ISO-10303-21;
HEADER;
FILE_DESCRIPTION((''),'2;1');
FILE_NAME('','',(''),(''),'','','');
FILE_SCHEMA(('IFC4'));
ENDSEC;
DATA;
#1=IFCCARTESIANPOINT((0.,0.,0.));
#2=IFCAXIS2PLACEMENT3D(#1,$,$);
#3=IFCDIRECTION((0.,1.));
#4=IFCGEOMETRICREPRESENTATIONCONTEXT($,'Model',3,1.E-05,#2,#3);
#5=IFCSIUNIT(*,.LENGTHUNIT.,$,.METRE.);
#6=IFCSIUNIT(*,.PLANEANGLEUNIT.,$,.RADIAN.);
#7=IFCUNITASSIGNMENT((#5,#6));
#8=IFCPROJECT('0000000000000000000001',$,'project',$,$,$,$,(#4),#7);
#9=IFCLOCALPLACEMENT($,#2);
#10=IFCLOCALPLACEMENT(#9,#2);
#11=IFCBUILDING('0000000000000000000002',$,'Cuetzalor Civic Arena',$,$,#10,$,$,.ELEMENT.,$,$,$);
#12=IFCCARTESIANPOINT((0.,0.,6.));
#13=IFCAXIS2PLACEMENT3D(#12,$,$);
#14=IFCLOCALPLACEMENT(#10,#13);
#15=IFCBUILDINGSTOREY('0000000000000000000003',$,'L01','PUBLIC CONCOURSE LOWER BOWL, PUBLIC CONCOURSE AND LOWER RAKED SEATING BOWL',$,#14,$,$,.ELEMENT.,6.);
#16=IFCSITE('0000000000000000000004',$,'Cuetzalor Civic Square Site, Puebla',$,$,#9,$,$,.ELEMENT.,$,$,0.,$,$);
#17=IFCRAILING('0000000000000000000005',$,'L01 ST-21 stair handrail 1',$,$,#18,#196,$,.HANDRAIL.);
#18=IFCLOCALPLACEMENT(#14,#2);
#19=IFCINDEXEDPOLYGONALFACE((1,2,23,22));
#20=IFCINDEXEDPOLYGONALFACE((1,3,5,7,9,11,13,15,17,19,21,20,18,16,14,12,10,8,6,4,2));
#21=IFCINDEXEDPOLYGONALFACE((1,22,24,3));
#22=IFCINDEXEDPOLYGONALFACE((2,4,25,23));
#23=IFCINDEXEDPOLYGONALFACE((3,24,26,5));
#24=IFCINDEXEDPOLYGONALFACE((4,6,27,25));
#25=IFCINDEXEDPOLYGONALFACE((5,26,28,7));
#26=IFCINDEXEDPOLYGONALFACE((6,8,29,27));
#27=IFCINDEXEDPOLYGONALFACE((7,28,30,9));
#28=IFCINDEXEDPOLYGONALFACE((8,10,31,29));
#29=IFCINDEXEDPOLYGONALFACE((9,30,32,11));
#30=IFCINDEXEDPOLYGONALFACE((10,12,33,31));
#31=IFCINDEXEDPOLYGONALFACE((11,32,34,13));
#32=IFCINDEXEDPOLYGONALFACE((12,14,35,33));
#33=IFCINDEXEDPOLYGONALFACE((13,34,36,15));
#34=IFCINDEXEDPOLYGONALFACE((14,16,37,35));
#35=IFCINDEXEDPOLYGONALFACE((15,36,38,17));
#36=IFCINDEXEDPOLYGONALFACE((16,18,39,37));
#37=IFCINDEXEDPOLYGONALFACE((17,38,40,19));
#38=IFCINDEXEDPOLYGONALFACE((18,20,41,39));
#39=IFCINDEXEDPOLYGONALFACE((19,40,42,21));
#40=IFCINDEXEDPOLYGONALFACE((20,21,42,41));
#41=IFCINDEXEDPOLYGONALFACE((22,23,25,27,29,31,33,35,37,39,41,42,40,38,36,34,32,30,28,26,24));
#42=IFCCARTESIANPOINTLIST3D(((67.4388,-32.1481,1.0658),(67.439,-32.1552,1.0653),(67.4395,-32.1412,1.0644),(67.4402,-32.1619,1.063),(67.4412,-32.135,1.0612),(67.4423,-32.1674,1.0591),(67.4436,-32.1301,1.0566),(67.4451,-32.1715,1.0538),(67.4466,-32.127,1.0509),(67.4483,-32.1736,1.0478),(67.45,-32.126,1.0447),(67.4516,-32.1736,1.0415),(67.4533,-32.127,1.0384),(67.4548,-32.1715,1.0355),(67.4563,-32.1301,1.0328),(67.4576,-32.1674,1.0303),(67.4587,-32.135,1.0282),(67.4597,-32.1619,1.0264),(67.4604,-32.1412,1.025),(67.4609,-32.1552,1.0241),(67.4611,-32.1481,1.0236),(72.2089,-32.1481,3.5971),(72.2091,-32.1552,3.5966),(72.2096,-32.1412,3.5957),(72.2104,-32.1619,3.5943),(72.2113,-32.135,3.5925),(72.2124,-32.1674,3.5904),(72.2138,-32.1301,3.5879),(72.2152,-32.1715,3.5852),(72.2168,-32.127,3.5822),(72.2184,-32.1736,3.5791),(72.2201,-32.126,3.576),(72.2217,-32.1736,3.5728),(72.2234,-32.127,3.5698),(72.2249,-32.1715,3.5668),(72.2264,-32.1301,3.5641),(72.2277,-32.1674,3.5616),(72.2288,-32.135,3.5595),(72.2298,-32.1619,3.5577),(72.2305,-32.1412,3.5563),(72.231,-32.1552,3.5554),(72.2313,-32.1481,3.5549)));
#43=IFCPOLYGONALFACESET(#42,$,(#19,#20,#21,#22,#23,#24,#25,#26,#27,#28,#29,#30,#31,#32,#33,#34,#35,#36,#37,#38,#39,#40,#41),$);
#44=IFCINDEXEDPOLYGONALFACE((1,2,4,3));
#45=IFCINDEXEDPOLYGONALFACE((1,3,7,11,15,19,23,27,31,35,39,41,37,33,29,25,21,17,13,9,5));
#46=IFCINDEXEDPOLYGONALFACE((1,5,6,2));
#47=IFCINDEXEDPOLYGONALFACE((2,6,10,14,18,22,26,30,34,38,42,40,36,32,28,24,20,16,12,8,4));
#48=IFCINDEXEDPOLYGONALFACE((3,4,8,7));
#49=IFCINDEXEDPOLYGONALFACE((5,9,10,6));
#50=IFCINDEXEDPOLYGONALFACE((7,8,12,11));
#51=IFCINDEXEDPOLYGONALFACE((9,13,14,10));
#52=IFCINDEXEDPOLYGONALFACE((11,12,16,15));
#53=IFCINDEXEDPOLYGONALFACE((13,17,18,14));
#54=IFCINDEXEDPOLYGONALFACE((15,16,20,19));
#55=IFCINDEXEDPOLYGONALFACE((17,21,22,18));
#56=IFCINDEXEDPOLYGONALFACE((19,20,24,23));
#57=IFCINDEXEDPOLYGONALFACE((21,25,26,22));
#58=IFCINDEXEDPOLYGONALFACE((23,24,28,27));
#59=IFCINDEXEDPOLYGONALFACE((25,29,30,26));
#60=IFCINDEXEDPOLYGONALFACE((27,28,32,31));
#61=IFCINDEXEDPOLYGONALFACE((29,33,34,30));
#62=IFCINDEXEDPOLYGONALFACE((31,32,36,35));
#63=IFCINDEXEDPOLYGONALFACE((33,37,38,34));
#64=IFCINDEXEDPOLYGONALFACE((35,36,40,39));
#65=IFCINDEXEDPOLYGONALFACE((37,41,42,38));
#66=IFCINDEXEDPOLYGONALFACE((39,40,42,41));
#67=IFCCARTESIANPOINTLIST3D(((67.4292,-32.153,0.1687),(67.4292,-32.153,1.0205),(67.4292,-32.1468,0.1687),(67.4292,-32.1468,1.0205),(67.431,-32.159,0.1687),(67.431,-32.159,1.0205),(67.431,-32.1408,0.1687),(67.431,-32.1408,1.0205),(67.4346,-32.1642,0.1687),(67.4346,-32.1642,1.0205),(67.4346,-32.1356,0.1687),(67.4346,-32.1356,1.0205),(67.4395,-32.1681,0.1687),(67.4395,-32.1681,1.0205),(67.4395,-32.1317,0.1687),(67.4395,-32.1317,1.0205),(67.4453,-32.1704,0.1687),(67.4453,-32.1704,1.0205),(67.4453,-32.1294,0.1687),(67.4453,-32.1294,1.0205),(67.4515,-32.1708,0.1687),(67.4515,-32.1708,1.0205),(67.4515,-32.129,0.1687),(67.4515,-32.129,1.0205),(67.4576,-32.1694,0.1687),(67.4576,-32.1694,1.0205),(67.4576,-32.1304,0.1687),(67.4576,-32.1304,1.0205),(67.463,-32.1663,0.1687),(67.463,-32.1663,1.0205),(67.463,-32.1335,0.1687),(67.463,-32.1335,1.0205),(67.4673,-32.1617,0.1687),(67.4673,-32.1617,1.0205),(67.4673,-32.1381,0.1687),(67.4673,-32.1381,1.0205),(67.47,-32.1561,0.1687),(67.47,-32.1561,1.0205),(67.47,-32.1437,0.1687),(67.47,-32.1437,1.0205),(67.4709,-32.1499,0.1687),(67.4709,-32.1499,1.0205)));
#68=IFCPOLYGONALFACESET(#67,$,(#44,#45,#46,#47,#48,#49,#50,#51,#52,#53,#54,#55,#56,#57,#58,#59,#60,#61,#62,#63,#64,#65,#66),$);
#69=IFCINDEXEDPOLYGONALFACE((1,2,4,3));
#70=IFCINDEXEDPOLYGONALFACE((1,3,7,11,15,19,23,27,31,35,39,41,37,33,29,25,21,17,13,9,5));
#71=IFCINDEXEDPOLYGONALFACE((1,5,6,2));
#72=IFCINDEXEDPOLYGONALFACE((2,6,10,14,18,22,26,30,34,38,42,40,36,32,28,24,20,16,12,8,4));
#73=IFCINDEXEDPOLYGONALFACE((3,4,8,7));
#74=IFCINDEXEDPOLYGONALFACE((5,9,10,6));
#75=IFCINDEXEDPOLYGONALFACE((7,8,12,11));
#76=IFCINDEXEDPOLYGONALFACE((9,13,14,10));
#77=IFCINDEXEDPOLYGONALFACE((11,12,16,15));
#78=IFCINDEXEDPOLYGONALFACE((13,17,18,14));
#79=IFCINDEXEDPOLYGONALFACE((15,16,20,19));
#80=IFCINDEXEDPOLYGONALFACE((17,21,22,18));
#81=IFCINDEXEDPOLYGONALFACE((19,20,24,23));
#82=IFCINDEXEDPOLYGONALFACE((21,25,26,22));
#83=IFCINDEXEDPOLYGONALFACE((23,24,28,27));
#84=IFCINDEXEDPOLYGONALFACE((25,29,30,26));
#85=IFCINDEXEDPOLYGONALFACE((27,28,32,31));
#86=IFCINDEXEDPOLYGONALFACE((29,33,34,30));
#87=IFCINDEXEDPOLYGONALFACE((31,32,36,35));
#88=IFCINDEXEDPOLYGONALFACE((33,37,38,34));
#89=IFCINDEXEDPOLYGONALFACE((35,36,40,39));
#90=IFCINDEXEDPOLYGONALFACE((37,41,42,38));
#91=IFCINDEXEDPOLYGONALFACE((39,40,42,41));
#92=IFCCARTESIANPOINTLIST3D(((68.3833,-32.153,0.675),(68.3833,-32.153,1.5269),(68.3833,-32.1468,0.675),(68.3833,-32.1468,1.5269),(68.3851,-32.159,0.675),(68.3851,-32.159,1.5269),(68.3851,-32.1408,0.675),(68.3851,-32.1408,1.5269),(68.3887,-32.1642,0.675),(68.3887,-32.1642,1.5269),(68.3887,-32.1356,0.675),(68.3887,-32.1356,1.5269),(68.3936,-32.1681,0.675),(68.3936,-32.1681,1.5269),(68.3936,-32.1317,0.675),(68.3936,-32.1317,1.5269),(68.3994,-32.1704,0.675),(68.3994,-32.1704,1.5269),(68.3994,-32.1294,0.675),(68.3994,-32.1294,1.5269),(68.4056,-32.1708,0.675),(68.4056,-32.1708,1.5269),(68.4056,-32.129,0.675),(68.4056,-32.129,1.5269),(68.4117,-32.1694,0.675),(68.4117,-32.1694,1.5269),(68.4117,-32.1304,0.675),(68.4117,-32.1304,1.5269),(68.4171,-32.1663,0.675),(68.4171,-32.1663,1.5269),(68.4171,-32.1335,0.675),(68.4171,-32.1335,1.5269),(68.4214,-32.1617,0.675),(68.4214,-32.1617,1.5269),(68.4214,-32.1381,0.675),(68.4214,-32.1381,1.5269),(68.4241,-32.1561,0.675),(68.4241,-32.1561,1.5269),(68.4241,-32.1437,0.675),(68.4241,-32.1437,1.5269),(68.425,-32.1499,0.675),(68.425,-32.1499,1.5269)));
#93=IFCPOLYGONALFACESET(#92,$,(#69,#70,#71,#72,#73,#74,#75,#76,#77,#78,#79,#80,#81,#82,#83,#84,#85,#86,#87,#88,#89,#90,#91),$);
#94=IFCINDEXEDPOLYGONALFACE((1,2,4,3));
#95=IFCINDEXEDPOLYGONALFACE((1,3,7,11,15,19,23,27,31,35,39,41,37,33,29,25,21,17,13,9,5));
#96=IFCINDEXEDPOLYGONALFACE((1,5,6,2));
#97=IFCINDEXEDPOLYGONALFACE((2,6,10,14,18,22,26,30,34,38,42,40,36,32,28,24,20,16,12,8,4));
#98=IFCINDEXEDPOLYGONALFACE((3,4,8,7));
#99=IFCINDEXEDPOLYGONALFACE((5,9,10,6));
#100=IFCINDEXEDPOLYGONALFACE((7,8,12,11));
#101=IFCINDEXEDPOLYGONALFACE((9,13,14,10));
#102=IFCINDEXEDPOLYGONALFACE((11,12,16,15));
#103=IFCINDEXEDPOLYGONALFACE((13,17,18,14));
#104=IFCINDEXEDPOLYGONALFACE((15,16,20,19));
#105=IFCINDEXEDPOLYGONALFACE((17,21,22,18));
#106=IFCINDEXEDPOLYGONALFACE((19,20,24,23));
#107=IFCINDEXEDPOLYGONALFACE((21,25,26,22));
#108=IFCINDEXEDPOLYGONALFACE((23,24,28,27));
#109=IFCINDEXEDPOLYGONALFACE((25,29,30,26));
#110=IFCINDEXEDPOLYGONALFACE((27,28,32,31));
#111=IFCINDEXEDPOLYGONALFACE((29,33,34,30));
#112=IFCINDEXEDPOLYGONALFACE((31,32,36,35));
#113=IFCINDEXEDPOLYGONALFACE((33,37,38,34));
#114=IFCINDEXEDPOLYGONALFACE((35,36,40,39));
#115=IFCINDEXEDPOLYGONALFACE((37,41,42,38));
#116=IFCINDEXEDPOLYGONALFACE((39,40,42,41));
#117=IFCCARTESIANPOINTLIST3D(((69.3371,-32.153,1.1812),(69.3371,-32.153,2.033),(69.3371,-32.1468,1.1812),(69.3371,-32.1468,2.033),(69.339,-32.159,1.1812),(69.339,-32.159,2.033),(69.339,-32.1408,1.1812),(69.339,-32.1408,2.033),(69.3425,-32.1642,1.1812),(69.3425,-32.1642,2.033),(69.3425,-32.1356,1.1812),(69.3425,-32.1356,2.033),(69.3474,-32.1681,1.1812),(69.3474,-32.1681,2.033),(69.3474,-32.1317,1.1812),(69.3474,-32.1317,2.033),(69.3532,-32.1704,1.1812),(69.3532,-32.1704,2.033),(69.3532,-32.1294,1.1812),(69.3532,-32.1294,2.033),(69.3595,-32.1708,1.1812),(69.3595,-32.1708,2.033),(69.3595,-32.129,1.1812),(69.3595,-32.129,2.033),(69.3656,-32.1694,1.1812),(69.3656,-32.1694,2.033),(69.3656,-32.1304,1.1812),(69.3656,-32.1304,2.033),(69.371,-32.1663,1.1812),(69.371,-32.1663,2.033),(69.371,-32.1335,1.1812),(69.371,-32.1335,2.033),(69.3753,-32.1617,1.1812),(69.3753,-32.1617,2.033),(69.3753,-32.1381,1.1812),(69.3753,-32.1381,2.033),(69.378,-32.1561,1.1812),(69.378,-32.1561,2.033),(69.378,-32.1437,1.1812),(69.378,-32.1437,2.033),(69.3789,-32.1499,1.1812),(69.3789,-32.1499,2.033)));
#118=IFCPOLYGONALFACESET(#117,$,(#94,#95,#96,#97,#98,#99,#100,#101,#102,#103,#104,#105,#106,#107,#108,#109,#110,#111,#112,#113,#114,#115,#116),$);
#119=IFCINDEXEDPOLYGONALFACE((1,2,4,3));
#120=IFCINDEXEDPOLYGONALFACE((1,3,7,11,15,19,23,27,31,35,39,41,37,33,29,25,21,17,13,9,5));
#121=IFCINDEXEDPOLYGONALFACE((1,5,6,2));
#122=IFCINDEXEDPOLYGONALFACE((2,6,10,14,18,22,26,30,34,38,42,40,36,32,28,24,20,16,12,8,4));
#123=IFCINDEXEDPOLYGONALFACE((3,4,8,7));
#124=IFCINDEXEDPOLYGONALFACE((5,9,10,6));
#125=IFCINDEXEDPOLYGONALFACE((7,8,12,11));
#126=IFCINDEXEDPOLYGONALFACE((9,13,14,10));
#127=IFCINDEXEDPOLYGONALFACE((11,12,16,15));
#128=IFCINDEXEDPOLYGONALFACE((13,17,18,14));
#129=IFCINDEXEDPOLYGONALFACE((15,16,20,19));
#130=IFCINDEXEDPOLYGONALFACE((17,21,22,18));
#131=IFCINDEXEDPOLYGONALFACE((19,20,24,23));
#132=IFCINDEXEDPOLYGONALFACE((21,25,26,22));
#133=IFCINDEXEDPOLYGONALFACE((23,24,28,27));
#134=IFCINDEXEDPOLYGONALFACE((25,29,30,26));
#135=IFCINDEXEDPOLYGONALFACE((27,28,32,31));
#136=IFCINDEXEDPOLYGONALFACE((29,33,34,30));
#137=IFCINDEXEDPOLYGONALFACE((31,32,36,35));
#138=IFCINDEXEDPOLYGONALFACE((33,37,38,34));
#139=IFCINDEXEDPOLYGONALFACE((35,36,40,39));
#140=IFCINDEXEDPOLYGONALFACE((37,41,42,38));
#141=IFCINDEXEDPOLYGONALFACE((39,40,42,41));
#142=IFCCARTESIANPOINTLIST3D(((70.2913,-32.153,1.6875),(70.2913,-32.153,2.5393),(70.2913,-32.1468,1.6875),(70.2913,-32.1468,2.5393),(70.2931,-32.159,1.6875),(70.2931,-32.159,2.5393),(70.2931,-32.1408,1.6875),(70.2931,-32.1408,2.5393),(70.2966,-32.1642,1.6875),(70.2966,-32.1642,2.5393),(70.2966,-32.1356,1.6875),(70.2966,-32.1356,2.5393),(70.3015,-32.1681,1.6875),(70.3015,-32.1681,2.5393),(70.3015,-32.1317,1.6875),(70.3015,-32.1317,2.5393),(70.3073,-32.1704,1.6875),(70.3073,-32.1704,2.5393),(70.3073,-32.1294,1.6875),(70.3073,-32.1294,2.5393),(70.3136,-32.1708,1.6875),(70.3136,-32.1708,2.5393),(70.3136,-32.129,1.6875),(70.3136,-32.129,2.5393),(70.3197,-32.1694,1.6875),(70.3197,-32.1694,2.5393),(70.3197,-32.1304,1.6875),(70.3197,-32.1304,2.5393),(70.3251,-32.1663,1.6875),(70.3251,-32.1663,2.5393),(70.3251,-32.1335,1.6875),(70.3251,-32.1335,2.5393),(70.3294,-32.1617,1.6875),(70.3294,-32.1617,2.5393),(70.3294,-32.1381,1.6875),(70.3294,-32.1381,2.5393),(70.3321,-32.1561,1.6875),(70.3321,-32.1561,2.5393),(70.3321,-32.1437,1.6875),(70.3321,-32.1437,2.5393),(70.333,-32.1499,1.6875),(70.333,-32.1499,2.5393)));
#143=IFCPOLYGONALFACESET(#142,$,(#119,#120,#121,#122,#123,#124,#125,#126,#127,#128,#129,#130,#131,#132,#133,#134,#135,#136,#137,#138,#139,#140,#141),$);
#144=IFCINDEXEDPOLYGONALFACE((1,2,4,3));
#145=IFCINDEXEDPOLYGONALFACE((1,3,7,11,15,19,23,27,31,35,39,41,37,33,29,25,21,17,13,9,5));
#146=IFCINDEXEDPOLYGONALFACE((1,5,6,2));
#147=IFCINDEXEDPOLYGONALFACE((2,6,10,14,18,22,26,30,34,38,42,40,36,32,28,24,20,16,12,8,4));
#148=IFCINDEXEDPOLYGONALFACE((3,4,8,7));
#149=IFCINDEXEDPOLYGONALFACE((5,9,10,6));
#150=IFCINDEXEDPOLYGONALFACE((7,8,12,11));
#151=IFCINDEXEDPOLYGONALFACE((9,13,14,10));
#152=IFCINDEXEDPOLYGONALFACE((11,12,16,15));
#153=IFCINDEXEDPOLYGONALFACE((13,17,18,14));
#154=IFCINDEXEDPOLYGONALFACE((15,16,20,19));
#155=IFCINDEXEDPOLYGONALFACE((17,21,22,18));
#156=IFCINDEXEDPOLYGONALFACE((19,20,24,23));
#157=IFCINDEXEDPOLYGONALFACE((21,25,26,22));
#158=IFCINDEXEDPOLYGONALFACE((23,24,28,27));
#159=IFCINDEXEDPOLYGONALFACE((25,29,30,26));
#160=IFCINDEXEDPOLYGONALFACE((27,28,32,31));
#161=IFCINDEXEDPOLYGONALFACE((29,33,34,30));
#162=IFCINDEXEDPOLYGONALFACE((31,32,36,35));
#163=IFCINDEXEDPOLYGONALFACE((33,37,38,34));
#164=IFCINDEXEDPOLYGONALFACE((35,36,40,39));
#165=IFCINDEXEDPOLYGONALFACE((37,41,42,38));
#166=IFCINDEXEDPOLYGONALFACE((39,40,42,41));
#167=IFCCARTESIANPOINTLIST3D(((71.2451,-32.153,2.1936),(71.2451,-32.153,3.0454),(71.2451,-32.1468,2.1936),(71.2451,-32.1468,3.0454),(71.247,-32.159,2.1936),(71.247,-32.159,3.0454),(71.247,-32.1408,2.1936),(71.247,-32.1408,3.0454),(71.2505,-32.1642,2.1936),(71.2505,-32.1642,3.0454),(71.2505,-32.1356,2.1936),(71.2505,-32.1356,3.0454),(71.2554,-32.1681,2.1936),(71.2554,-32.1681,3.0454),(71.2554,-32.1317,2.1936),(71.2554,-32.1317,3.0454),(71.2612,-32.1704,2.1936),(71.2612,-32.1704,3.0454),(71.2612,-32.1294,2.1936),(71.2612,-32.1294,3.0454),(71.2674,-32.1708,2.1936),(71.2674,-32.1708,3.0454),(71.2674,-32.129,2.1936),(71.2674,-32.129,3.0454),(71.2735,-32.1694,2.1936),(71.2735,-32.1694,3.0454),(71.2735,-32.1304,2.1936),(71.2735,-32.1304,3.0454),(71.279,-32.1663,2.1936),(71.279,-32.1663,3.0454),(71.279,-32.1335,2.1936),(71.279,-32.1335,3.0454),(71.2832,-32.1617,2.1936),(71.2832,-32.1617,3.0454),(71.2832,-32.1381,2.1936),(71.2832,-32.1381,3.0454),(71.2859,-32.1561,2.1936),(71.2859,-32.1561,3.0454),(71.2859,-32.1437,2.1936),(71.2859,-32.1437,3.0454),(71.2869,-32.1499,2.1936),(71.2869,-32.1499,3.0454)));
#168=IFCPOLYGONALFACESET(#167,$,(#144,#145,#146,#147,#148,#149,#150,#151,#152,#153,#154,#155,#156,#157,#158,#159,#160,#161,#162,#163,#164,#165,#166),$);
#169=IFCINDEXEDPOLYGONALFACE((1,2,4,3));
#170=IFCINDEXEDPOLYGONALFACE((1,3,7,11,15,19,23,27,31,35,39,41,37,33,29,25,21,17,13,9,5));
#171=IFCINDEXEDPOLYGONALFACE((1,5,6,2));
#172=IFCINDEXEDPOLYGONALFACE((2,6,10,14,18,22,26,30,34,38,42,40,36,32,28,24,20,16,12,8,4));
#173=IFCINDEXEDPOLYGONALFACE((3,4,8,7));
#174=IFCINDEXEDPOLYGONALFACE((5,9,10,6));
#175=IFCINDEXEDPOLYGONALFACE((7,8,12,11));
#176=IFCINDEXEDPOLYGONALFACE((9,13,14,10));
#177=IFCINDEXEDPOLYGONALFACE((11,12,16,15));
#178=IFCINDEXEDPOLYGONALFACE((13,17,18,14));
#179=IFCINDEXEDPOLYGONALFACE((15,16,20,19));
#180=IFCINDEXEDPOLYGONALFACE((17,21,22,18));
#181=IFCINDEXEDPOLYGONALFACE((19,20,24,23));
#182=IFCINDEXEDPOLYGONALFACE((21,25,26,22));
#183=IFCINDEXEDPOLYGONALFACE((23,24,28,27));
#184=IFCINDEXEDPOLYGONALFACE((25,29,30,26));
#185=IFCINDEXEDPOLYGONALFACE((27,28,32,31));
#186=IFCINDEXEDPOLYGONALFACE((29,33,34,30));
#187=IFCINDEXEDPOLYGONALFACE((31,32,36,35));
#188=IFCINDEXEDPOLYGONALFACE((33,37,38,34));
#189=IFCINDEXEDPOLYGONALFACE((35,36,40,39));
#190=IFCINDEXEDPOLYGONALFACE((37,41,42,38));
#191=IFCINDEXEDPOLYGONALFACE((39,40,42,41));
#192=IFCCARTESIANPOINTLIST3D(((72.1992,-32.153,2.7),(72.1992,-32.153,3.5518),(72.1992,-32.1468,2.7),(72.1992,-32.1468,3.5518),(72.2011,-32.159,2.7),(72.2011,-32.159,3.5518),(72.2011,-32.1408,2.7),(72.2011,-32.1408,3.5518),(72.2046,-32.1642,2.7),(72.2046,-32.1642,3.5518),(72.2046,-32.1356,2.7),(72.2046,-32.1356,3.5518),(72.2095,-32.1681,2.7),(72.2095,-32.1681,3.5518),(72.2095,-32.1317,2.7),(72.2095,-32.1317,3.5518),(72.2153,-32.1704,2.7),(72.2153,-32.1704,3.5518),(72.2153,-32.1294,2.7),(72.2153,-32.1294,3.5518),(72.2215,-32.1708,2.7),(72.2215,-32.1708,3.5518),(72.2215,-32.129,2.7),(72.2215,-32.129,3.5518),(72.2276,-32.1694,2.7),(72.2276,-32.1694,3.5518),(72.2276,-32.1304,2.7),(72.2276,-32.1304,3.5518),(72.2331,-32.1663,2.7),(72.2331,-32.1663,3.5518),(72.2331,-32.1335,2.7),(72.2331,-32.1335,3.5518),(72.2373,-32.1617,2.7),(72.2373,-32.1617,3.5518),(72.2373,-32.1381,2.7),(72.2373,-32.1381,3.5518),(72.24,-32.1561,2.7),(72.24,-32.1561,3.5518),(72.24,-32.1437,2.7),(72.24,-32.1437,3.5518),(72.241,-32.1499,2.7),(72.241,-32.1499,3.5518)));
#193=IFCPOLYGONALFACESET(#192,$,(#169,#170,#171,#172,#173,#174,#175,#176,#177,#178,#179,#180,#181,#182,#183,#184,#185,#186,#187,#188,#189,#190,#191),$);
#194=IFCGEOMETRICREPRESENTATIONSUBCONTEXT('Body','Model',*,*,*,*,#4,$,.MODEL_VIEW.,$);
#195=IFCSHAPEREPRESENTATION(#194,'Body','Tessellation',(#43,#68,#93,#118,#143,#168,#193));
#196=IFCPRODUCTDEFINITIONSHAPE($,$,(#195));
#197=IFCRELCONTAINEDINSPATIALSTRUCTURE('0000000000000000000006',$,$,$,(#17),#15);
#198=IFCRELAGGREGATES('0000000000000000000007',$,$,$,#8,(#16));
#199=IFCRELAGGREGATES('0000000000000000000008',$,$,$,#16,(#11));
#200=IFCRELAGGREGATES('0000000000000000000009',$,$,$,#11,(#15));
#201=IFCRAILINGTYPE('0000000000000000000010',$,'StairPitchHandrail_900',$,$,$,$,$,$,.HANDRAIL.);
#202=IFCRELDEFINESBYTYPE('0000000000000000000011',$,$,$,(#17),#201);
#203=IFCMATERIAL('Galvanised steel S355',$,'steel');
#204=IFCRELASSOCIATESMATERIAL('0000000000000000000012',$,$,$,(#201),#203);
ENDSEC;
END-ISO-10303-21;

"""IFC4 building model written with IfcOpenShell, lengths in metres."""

from ifc_helpers import new_model, si_unit, direction, frame, origin, origin_2d, place, context, subcontext, project, spatial, circle, extrude, material, type_object, element, save


model = new_model("IFC4")

# Units and contexts
model_context = context("Model", 3, precision=1e-05, world=origin(), true_north=direction((0.0, 1.0)))
body_context = subcontext(model_context, "Body", "Model", "MODEL_VIEW")
ifc_project = project(units=[si_unit("LENGTHUNIT", "METRE"), si_unit("PLANEANGLEUNIT", "RADIAN")], contexts=[model_context])

# Site, building, storey
site_placement = place(None, origin())
site = spatial("IfcSite", under=ifc_project, at=site_placement, Name="Cuetzalor Civic Square Site, Puebla", CompositionType="ELEMENT", RefElevation=0.0)
building_placement = place(site_placement, origin())
building = spatial("IfcBuilding", under=site, at=building_placement, Name="Cuetzalor Civic Arena", CompositionType="ELEMENT")
storey_placement = place(building_placement, frame((0.0, 0.0, 6.0)))
storey = spatial("IfcBuildingStorey", under=building, at=storey_placement, Name="L01", Description="PUBLIC CONCOURSE LOWER BOWL, PUBLIC CONCOURSE AND LOWER RAKED SEATING BOWL", CompositionType="ELEMENT", Elevation=6.0)

# Railing
ifc_material_1 = material(Name="Galvanised steel S355", Category="steel")
railing_type_1 = type_object("IfcRailingType", Name="StairPitchHandrail_900", PredefinedType="HANDRAIL", material=ifc_material_1)
railing_1_placement = place(storey_placement, frame((67.45, -32.1499, 0.1687)))
element("IfcRailing", 1, at=railing_1_placement, inside=storey, type_object=railing_type_1, Name="L01 ST-21 stair handrail 1", PredefinedType="HANDRAIL", context=body_context, shape_type="SweptSolid", body=[
    extrude(circle(Radius=0.0239, at=origin_2d()), frame((0.0, 0.0, 0.876), z_axis=(0.883332, 0.0, 0.468747), x_axis=(0.0, 1.0, 0.0)), (0.0, 0.0, 1.0), 5.4001),
    extrude(circle(Radius=0.021, at=origin_2d()), origin(), (0.0, 0.0, 1.0), 0.8518),
    extrude(circle(Radius=0.021, at=origin_2d()), frame((0.9541, 0.0, 0.5063)), (0.0, 0.0, 1.0), 0.8518),
    extrude(circle(Radius=0.021, at=origin_2d()), frame((1.908, 0.0, 1.0125)), (0.0, 0.0, 1.0), 0.8518),
    extrude(circle(Radius=0.021, at=origin_2d()), frame((2.8621, 0.0, 1.5188)), (0.0, 0.0, 1.0), 0.8518),
    extrude(circle(Radius=0.021, at=origin_2d()), frame((3.8159, 0.0, 2.0249)), (0.0, 0.0, 1.0), 0.8518),
    extrude(circle(Radius=0.021, at=origin_2d()), frame((4.77, 0.0, 2.5312)), (0.0, 0.0, 1.0), 0.8518),
])

save(model, "model.ifc")
